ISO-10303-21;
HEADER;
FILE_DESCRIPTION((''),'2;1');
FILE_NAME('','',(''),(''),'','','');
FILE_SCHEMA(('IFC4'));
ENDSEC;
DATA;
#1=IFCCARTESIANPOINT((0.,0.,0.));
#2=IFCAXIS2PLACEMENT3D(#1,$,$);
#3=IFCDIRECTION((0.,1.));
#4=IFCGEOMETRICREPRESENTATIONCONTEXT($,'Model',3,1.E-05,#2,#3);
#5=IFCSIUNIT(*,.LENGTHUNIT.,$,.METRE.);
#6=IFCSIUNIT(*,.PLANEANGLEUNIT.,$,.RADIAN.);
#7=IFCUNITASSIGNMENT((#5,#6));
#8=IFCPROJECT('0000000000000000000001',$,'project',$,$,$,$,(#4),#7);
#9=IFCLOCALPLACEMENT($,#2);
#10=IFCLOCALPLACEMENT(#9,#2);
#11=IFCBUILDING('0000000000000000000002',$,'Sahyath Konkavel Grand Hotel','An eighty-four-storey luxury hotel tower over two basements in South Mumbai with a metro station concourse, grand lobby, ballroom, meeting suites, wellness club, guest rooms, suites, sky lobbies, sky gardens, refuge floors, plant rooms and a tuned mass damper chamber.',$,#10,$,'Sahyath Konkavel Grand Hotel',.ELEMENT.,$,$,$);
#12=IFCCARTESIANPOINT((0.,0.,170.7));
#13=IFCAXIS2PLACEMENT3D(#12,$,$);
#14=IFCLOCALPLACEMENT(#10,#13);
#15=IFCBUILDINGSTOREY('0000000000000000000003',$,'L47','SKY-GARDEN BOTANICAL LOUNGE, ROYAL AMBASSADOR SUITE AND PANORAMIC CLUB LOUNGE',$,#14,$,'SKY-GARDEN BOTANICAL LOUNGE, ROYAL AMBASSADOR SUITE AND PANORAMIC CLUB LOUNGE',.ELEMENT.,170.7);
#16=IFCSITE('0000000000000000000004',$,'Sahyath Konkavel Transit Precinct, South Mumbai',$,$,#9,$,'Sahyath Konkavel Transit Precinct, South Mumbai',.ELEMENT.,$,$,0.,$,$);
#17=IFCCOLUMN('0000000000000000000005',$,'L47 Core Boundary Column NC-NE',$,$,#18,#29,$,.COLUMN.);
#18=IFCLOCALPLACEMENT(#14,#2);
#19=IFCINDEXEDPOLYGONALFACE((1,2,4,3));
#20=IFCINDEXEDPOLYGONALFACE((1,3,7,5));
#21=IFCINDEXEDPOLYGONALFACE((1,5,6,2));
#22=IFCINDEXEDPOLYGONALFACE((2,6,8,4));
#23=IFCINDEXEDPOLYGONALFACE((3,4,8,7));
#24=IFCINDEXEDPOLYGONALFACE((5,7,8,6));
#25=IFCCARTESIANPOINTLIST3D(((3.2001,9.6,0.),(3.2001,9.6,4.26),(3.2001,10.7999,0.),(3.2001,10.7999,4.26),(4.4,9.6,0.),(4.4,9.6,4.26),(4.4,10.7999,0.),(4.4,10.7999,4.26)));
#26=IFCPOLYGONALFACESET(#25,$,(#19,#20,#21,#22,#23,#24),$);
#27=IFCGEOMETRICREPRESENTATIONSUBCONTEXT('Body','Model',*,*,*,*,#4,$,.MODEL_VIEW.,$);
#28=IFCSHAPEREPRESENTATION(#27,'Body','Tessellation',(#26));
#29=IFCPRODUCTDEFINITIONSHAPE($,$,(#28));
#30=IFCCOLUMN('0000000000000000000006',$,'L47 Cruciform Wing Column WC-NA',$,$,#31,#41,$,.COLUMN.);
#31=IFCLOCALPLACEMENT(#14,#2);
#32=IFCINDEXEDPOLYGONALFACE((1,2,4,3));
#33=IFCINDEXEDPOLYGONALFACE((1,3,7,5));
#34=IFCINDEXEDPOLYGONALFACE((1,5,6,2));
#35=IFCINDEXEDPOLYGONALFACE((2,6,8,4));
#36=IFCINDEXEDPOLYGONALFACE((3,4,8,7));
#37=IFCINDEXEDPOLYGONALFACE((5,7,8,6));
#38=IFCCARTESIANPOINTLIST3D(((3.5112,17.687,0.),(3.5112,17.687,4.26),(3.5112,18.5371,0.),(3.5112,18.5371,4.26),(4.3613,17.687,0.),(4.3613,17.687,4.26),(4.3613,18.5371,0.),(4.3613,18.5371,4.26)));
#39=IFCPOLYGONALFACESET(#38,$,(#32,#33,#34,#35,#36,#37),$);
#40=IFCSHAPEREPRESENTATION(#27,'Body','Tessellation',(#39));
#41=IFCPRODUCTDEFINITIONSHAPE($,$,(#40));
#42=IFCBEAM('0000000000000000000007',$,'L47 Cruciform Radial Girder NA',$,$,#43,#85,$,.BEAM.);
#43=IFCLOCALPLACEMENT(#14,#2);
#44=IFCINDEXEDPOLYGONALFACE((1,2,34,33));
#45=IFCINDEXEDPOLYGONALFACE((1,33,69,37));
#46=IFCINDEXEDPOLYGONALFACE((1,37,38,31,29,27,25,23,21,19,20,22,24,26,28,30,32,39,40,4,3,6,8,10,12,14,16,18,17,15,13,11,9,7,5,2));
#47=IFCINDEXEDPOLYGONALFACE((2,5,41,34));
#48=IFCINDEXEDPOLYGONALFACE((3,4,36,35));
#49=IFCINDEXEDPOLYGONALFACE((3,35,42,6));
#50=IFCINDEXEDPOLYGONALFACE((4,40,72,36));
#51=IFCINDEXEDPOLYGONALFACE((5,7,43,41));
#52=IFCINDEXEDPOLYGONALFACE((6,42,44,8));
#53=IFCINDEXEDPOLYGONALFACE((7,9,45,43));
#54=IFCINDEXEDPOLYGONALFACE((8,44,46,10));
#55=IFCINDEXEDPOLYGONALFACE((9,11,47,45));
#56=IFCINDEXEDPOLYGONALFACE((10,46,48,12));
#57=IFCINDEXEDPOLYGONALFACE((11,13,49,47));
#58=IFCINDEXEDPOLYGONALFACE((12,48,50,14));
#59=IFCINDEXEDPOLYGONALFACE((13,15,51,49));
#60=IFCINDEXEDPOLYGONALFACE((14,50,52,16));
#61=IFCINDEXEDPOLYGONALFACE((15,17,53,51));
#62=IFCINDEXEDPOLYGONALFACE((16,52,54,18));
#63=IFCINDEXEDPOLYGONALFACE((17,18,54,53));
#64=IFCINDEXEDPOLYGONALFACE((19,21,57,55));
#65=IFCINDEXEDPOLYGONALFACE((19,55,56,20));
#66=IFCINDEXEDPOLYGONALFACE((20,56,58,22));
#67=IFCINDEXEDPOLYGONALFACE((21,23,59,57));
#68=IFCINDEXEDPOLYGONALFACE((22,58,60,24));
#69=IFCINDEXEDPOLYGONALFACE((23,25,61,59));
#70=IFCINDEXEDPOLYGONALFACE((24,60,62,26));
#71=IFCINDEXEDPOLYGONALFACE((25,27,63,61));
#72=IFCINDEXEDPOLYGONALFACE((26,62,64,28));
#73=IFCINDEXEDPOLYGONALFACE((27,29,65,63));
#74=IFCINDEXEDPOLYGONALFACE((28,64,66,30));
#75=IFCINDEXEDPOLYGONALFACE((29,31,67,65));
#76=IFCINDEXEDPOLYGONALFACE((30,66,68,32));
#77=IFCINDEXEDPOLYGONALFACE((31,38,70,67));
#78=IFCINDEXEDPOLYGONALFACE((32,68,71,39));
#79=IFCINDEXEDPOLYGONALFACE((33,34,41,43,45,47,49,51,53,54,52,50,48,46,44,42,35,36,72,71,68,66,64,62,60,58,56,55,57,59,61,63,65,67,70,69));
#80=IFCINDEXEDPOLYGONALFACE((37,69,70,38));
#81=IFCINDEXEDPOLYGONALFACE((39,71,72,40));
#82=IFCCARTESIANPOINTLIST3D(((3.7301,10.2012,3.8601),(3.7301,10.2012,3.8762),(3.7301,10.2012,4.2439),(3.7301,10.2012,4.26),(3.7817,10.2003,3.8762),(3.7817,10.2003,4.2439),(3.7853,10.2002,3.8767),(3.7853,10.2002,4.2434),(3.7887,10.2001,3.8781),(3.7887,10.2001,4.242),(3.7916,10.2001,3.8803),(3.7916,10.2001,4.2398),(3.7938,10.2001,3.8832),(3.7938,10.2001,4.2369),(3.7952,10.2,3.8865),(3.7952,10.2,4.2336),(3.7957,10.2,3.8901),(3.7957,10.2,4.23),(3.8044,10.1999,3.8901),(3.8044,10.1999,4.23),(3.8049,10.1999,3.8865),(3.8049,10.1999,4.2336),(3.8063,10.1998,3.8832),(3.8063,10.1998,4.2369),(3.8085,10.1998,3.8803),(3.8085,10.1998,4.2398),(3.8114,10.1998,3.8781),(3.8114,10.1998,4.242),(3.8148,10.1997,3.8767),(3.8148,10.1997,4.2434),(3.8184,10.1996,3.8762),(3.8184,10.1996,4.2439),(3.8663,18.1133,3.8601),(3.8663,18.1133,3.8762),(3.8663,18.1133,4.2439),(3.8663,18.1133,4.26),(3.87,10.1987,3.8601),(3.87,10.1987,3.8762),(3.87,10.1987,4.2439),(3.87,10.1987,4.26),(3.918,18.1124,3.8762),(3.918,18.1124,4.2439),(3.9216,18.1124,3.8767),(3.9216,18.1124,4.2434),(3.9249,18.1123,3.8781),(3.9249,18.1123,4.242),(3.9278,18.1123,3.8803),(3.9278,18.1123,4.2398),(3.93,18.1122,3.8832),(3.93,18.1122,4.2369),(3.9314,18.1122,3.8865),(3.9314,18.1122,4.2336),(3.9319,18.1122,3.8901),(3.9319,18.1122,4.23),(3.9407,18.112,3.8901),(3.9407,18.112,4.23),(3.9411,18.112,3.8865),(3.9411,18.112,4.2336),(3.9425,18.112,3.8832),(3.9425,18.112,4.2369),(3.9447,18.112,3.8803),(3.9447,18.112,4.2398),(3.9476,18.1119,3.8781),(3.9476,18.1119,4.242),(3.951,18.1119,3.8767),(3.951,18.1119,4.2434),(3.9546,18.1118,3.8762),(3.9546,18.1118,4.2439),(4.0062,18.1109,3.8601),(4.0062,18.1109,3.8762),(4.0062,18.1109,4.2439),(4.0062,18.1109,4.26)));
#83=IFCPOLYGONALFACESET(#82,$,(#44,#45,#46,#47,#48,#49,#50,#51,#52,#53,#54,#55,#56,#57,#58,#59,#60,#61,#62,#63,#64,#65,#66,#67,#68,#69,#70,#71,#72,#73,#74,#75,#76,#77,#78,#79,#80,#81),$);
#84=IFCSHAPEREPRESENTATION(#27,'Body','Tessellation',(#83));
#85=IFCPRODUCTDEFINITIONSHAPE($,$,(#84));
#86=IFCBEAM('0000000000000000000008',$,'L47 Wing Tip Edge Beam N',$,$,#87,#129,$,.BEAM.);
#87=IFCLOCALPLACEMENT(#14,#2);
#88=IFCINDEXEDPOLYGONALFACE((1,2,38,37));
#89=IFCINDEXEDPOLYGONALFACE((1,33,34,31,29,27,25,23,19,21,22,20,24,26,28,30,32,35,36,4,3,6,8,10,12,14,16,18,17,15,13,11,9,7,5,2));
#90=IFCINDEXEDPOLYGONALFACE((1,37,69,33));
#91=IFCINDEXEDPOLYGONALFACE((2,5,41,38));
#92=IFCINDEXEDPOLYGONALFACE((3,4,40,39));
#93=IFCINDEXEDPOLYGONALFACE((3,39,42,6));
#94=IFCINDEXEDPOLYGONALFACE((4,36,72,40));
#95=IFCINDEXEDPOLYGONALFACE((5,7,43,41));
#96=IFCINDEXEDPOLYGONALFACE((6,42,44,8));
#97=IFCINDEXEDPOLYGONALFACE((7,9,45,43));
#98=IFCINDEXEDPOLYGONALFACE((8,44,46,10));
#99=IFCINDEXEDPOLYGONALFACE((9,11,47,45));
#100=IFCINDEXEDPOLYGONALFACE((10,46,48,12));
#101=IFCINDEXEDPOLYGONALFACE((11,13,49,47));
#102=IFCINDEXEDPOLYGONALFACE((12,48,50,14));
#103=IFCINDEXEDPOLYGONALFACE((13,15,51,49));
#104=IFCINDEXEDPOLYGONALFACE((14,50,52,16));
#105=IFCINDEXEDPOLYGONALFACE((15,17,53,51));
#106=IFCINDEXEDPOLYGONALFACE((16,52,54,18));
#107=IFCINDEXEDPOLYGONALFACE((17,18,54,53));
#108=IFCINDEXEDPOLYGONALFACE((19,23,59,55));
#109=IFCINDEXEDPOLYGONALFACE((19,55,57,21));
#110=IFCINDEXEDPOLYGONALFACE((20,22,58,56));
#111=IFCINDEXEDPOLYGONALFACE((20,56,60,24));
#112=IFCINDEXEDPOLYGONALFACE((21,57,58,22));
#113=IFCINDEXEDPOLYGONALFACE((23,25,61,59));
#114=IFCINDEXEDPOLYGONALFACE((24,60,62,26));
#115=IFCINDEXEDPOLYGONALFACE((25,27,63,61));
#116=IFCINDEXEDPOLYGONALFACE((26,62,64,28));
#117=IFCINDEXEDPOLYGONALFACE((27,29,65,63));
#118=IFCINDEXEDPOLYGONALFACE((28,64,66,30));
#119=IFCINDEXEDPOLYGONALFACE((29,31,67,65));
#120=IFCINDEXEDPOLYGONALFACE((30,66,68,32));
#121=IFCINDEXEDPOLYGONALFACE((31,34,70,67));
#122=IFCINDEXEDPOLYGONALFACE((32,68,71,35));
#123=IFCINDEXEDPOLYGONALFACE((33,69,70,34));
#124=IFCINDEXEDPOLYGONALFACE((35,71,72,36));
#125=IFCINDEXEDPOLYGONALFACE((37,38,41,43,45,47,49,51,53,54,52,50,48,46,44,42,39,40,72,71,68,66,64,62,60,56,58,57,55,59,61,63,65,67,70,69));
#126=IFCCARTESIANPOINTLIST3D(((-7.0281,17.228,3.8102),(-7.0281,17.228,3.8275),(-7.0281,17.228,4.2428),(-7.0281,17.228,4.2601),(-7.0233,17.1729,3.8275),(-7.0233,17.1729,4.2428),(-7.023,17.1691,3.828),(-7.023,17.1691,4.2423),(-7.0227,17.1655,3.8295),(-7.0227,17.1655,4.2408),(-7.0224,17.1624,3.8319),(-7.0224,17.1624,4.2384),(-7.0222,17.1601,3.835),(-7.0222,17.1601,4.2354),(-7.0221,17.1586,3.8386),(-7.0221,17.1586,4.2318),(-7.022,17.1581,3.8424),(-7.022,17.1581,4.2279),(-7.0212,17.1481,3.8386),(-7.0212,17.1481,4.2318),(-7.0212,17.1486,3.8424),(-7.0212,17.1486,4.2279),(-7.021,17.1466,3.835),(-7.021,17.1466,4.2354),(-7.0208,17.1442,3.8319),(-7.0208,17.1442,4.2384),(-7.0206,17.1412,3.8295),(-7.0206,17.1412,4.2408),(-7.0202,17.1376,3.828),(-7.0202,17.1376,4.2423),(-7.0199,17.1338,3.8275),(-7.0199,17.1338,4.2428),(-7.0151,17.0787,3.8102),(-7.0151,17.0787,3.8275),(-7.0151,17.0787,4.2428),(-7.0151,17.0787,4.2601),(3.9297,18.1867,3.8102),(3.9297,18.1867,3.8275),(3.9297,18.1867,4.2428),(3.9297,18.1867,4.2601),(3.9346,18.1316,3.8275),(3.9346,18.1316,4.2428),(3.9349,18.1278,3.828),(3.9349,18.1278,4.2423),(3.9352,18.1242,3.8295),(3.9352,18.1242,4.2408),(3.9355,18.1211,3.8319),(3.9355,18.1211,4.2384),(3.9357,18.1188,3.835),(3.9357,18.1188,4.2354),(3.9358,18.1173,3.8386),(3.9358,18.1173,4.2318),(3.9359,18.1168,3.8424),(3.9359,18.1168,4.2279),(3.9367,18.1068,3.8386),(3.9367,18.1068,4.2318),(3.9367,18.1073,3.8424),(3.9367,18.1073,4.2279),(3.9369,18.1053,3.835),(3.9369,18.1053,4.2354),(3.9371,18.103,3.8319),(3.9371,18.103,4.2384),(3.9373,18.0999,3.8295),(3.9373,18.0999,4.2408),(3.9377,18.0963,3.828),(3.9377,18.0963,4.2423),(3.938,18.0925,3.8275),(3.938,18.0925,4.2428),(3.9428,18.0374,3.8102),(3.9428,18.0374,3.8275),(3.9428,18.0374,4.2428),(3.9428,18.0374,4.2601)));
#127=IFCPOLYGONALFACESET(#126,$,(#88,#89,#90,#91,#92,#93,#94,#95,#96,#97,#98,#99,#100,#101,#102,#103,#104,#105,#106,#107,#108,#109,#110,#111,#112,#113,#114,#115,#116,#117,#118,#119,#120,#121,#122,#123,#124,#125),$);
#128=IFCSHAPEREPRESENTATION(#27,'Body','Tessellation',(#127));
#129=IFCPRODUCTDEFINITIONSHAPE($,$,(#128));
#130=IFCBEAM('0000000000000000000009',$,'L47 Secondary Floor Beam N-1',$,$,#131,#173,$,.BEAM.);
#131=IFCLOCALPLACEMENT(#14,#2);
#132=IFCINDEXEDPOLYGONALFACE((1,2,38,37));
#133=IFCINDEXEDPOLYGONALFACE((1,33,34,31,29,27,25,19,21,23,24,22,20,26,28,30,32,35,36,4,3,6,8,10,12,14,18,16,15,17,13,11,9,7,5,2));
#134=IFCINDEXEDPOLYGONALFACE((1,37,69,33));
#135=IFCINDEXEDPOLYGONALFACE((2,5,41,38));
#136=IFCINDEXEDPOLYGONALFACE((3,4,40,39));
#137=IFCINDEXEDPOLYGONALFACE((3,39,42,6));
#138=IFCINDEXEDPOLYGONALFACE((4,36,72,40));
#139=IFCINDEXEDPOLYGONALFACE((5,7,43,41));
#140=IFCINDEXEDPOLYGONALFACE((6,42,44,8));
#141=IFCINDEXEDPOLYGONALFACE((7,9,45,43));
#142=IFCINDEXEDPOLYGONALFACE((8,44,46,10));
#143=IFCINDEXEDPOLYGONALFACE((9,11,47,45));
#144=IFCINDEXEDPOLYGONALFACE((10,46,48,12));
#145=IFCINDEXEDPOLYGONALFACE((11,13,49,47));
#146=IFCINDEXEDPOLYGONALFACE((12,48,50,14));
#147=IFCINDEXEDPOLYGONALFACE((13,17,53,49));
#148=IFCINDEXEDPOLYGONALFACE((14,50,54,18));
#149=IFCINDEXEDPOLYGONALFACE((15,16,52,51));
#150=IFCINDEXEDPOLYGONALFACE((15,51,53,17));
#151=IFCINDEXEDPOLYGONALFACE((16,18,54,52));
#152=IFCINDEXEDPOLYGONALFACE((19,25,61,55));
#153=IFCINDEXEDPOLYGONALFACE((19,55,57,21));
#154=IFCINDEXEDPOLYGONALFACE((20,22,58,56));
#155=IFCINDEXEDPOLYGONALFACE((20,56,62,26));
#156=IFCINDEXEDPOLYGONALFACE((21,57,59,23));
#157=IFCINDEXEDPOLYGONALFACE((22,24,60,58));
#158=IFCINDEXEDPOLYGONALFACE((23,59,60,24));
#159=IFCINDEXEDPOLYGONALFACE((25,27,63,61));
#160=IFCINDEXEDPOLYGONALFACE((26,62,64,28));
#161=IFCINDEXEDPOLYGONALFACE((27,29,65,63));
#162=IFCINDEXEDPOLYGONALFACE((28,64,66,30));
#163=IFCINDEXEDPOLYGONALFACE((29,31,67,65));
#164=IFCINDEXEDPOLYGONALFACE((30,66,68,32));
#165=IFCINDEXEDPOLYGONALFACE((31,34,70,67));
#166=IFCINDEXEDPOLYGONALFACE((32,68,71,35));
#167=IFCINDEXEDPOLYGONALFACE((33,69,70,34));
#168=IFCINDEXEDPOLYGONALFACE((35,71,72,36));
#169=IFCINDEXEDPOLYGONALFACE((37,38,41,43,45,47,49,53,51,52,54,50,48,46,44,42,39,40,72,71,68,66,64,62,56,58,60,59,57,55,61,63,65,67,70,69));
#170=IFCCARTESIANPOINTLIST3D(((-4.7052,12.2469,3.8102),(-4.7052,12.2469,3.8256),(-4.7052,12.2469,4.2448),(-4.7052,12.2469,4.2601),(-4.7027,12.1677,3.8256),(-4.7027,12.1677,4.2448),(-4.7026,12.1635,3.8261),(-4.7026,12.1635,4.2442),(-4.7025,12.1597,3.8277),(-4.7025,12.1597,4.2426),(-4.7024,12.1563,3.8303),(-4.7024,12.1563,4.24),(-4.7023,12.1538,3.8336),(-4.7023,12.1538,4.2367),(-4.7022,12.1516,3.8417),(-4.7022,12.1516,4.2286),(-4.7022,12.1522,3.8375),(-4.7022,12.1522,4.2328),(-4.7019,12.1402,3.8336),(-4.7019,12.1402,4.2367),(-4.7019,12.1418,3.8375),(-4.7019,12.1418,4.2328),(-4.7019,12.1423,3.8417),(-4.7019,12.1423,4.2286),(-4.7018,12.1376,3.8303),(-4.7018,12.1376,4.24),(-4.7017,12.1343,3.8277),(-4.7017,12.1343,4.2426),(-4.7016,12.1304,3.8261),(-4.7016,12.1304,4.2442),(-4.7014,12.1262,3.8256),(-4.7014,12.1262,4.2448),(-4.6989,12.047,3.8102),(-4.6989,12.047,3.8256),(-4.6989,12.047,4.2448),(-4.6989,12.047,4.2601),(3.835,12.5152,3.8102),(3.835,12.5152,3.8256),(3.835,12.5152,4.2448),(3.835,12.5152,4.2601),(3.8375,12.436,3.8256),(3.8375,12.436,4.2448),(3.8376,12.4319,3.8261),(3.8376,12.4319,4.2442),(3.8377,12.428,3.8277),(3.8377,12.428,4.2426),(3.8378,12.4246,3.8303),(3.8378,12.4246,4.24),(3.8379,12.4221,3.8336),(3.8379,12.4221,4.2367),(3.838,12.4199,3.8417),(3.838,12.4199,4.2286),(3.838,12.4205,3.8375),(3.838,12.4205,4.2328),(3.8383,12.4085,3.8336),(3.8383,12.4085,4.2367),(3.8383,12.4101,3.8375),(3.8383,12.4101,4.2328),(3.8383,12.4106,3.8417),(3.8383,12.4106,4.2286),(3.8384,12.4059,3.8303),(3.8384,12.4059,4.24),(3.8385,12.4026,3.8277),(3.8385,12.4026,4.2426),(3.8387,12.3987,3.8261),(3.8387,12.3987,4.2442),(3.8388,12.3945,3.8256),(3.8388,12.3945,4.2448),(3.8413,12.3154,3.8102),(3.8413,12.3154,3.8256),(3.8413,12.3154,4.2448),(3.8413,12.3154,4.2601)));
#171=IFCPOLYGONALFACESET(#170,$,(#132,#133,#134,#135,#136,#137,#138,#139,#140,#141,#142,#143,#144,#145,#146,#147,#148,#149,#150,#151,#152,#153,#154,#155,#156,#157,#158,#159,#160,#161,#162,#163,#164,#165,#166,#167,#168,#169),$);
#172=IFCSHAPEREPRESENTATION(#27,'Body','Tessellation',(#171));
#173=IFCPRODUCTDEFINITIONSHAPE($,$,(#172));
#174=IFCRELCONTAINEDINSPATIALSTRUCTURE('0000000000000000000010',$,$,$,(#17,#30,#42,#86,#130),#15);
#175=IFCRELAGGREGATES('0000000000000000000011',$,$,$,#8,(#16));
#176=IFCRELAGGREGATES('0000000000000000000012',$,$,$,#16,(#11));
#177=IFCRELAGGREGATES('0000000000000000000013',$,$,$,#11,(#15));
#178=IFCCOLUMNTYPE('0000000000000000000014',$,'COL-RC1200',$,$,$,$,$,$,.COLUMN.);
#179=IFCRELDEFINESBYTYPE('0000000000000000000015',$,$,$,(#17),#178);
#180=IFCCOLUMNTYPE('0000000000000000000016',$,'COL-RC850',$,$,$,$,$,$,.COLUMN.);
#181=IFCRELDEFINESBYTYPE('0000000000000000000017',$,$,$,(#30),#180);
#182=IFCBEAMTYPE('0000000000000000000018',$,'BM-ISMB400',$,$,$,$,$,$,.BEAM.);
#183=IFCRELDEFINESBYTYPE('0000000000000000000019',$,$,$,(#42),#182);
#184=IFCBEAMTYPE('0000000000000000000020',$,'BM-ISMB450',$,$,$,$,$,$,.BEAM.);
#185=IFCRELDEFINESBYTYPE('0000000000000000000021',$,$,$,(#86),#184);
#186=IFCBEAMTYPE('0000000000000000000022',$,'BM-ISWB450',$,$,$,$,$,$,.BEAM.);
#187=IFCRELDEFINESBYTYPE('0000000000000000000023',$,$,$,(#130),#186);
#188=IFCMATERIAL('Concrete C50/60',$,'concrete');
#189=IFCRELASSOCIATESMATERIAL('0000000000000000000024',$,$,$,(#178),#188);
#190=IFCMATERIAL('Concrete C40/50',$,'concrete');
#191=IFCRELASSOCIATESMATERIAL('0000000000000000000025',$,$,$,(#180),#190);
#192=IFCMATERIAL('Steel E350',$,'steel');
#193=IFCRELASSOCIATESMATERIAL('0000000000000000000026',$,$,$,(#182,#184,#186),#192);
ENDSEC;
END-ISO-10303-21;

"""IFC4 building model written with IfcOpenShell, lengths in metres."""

from ifc_helpers import new_model, si_unit, direction, frame, origin, origin_2d, place, context, subcontext, project, spatial, rectangle, i_section, extrude, source, transform, mapped, material, material_profile, profile_set, type_object, element, save


model = new_model("IFC4")

# Units and contexts
model_context = context("Model", 3, precision=1e-05, world=origin(), true_north=direction((0.0, 1.0)))
body_context = subcontext(model_context, "Body", "Model", "MODEL_VIEW")
ifc_project = project(units=[si_unit("LENGTHUNIT", "METRE"), si_unit("PLANEANGLEUNIT", "RADIAN")], contexts=[model_context])

# Site, building, storey
site_placement = place(None, origin())
site = spatial("IfcSite", under=ifc_project, at=site_placement, Name="Sahyath Konkavel Transit Precinct, South Mumbai", LongName="Sahyath Konkavel Transit Precinct, South Mumbai", CompositionType="ELEMENT", RefElevation=0.0)
building_placement = place(site_placement, origin())
building = spatial("IfcBuilding", under=site, at=building_placement, Name="Sahyath Konkavel Grand Hotel", Description="An eighty-four-storey luxury hotel tower over two basements in South Mumbai with a metro station concourse, grand lobby, ballroom, meeting suites, wellness club, guest rooms, suites, sky lobbies, sky gardens, refuge floors, plant rooms and a tuned mass damper chamber.", LongName="Sahyath Konkavel Grand Hotel", CompositionType="ELEMENT")
storey_placement = place(building_placement, frame((0.0, 0.0, 170.7)))
storey = spatial("IfcBuildingStorey", under=building, at=storey_placement, Name="L47", Description="SKY-GARDEN BOTANICAL LOUNGE, ROYAL AMBASSADOR SUITE AND PANORAMIC CLUB LOUNGE", LongName="SKY-GARDEN BOTANICAL LOUNGE, ROYAL AMBASSADOR SUITE AND PANORAMIC CLUB LOUNGE", CompositionType="ELEMENT", Elevation=170.7)

# Columns
ifc_material_1 = material(Name="Concrete C50/60", Category="concrete")
ifc_material_profile_1 = material_profile(ifc_material_1, rectangle(XDim=1.2, YDim=1.2, at=origin_2d()), Name="RC 1200x1200")
ifc_profile_set_1 = profile_set([ifc_material_profile_1], Name="Concrete C50/60")
column_type_1 = type_object("IfcColumnType", Name="COL-RC1200", PredefinedType="COLUMN", material=ifc_profile_set_1)
shared_shape_1 = source(origin(), body_context, "Body", "SweptSolid", [
    extrude(rectangle(XDim=1.2, YDim=1.2, at=origin_2d()), origin(), (0.0, 0.0, 1.0), 4.26),
])
column_1_placement = place(storey_placement, frame((3.8, 10.2, 0.0), z_axis=(0.0, 0.0, 1.0), x_axis=(1.0, 0.0, 0.0)))
element("IfcColumn", 1, at=column_1_placement, inside=storey, type_object=column_type_1, Name="L47 Core Boundary Column NC-NE", PredefinedType="COLUMN", context=body_context, shape_type="MappedRepresentation", body=[
    mapped(shared_shape_1, transform((0.0, 0.0, 0.0), scale=1.0)),
])
ifc_material_2 = material(Name="Concrete C40/50", Category="concrete")
ifc_material_profile_2 = material_profile(ifc_material_2, rectangle(XDim=0.8501, YDim=0.8501, at=origin_2d()), Name="RC 850x850")
ifc_profile_set_2 = profile_set([ifc_material_profile_2], Name="Concrete C40/50")
column_type_2 = type_object("IfcColumnType", Name="COL-RC850", PredefinedType="COLUMN", material=ifc_profile_set_2)
shared_shape_2 = source(origin(), body_context, "Body", "SweptSolid", [
    extrude(rectangle(XDim=0.8501, YDim=0.8501, at=origin_2d()), origin(), (0.0, 0.0, 1.0), 4.26),
])
column_2_placement = place(storey_placement, frame((3.9363, 18.1121, 0.0), z_axis=(0.0, 0.0, 1.0), x_axis=(1.0, 0.0, 0.0)))
element("IfcColumn", 2, at=column_2_placement, inside=storey, type_object=column_type_2, Name="L47 Cruciform Wing Column WC-NA", PredefinedType="COLUMN", context=body_context, shape_type="MappedRepresentation", body=[
    mapped(shared_shape_2, transform((0.0, 0.0, 0.0), scale=1.0)),
])

# Beams
ifc_material_3 = material(Name="Steel E350", Category="steel")
ifc_material_profile_3 = material_profile(ifc_material_3, i_section(OverallWidth=0.1399, OverallDepth=0.3999, WebThickness=0.0088, FlangeThickness=0.0161, FilletRadius=0.0139, at=origin_2d()), Name="ISMB 400")
ifc_profile_set_3 = profile_set([ifc_material_profile_3], Name="Steel E350")
beam_type_1 = type_object("IfcBeamType", Name="BM-ISMB400", PredefinedType="BEAM", material=ifc_profile_set_3)
shared_shape_3 = source(origin(), body_context, "Body", "SweptSolid", [
    extrude(i_section(OverallWidth=0.1399, OverallDepth=0.3999, WebThickness=0.0088, FlangeThickness=0.0161, FilletRadius=0.0139, at=origin_2d()), origin(), (0.0, 0.0, 1.0), 7.9133),
])
beam_1_placement = place(storey_placement, frame((3.8, 10.2, 4.0601), z_axis=(0.017215, 0.999852, 0.0), x_axis=(-0.999852, 0.017215, 0.0)))
element("IfcBeam", 3, at=beam_1_placement, inside=storey, type_object=beam_type_1, Name="L47 Cruciform Radial Girder NA", PredefinedType="BEAM", context=body_context, shape_type="MappedRepresentation", body=[
    mapped(shared_shape_3, transform((0.0, 0.0, 0.0), scale=1.0)),
])
ifc_material_profile_4 = material_profile(ifc_material_3, i_section(OverallWidth=0.1499, OverallDepth=0.45, WebThickness=0.0095, FlangeThickness=0.0173, FilletRadius=0.0149, at=origin_2d()), Name="ISMB 450")
ifc_profile_set_4 = profile_set([ifc_material_profile_4], Name="Steel E350")
beam_type_2 = type_object("IfcBeamType", Name="BM-ISMB450", PredefinedType="BEAM", material=ifc_profile_set_4)
shared_shape_4 = source(origin(), body_context, "Body", "SweptSolid", [
    extrude(i_section(OverallWidth=0.1499, OverallDepth=0.45, WebThickness=0.0095, FlangeThickness=0.0173, FilletRadius=0.0149, at=origin_2d()), origin(), (0.0, 0.0, 1.0), 10.9998),
])
beam_2_placement = place(storey_placement, frame((3.9363, 18.1121, 4.0352), z_axis=(-0.996194, -0.087159, 0.0), x_axis=(0.087159, -0.996194, 0.0)))
element("IfcBeam", 4, at=beam_2_placement, inside=storey, type_object=beam_type_2, Name="L47 Wing Tip Edge Beam N", PredefinedType="BEAM", context=body_context, shape_type="MappedRepresentation", body=[
    mapped(shared_shape_4, transform((0.0, 0.0, 0.0), scale=1.0)),
])
ifc_material_profile_5 = material_profile(ifc_material_3, i_section(OverallWidth=0.2, OverallDepth=0.45, WebThickness=0.0093, FlangeThickness=0.0154, FilletRadius=0.0161, at=origin_2d()), Name="ISWB 450")
ifc_profile_set_5 = profile_set([ifc_material_profile_5], Name="Steel E350")
beam_type_3 = type_object("IfcBeamType", Name="BM-ISWB450", PredefinedType="BEAM", material=ifc_profile_set_5)
shared_shape_5 = source(origin(), body_context, "Body", "SweptSolid", [
    extrude(i_section(OverallWidth=0.2, OverallDepth=0.45, WebThickness=0.0093, FlangeThickness=0.0154, FilletRadius=0.0161, at=origin_2d()), origin(), (0.0, 0.0, 1.0), 8.5444),
])
beam_3_placement = place(storey_placement, frame((3.8381, 12.4153, 4.0352), z_axis=(-0.999507, -0.031402, 0.0), x_axis=(0.031402, -0.999507, 0.0)))
element("IfcBeam", 5, at=beam_3_placement, inside=storey, type_object=beam_type_3, Name="L47 Secondary Floor Beam N-1", PredefinedType="BEAM", context=body_context, shape_type="MappedRepresentation", body=[
    mapped(shared_shape_5, transform((0.0, 0.0, 0.0), scale=1.0)),
])

save(model, "model.ifc")
